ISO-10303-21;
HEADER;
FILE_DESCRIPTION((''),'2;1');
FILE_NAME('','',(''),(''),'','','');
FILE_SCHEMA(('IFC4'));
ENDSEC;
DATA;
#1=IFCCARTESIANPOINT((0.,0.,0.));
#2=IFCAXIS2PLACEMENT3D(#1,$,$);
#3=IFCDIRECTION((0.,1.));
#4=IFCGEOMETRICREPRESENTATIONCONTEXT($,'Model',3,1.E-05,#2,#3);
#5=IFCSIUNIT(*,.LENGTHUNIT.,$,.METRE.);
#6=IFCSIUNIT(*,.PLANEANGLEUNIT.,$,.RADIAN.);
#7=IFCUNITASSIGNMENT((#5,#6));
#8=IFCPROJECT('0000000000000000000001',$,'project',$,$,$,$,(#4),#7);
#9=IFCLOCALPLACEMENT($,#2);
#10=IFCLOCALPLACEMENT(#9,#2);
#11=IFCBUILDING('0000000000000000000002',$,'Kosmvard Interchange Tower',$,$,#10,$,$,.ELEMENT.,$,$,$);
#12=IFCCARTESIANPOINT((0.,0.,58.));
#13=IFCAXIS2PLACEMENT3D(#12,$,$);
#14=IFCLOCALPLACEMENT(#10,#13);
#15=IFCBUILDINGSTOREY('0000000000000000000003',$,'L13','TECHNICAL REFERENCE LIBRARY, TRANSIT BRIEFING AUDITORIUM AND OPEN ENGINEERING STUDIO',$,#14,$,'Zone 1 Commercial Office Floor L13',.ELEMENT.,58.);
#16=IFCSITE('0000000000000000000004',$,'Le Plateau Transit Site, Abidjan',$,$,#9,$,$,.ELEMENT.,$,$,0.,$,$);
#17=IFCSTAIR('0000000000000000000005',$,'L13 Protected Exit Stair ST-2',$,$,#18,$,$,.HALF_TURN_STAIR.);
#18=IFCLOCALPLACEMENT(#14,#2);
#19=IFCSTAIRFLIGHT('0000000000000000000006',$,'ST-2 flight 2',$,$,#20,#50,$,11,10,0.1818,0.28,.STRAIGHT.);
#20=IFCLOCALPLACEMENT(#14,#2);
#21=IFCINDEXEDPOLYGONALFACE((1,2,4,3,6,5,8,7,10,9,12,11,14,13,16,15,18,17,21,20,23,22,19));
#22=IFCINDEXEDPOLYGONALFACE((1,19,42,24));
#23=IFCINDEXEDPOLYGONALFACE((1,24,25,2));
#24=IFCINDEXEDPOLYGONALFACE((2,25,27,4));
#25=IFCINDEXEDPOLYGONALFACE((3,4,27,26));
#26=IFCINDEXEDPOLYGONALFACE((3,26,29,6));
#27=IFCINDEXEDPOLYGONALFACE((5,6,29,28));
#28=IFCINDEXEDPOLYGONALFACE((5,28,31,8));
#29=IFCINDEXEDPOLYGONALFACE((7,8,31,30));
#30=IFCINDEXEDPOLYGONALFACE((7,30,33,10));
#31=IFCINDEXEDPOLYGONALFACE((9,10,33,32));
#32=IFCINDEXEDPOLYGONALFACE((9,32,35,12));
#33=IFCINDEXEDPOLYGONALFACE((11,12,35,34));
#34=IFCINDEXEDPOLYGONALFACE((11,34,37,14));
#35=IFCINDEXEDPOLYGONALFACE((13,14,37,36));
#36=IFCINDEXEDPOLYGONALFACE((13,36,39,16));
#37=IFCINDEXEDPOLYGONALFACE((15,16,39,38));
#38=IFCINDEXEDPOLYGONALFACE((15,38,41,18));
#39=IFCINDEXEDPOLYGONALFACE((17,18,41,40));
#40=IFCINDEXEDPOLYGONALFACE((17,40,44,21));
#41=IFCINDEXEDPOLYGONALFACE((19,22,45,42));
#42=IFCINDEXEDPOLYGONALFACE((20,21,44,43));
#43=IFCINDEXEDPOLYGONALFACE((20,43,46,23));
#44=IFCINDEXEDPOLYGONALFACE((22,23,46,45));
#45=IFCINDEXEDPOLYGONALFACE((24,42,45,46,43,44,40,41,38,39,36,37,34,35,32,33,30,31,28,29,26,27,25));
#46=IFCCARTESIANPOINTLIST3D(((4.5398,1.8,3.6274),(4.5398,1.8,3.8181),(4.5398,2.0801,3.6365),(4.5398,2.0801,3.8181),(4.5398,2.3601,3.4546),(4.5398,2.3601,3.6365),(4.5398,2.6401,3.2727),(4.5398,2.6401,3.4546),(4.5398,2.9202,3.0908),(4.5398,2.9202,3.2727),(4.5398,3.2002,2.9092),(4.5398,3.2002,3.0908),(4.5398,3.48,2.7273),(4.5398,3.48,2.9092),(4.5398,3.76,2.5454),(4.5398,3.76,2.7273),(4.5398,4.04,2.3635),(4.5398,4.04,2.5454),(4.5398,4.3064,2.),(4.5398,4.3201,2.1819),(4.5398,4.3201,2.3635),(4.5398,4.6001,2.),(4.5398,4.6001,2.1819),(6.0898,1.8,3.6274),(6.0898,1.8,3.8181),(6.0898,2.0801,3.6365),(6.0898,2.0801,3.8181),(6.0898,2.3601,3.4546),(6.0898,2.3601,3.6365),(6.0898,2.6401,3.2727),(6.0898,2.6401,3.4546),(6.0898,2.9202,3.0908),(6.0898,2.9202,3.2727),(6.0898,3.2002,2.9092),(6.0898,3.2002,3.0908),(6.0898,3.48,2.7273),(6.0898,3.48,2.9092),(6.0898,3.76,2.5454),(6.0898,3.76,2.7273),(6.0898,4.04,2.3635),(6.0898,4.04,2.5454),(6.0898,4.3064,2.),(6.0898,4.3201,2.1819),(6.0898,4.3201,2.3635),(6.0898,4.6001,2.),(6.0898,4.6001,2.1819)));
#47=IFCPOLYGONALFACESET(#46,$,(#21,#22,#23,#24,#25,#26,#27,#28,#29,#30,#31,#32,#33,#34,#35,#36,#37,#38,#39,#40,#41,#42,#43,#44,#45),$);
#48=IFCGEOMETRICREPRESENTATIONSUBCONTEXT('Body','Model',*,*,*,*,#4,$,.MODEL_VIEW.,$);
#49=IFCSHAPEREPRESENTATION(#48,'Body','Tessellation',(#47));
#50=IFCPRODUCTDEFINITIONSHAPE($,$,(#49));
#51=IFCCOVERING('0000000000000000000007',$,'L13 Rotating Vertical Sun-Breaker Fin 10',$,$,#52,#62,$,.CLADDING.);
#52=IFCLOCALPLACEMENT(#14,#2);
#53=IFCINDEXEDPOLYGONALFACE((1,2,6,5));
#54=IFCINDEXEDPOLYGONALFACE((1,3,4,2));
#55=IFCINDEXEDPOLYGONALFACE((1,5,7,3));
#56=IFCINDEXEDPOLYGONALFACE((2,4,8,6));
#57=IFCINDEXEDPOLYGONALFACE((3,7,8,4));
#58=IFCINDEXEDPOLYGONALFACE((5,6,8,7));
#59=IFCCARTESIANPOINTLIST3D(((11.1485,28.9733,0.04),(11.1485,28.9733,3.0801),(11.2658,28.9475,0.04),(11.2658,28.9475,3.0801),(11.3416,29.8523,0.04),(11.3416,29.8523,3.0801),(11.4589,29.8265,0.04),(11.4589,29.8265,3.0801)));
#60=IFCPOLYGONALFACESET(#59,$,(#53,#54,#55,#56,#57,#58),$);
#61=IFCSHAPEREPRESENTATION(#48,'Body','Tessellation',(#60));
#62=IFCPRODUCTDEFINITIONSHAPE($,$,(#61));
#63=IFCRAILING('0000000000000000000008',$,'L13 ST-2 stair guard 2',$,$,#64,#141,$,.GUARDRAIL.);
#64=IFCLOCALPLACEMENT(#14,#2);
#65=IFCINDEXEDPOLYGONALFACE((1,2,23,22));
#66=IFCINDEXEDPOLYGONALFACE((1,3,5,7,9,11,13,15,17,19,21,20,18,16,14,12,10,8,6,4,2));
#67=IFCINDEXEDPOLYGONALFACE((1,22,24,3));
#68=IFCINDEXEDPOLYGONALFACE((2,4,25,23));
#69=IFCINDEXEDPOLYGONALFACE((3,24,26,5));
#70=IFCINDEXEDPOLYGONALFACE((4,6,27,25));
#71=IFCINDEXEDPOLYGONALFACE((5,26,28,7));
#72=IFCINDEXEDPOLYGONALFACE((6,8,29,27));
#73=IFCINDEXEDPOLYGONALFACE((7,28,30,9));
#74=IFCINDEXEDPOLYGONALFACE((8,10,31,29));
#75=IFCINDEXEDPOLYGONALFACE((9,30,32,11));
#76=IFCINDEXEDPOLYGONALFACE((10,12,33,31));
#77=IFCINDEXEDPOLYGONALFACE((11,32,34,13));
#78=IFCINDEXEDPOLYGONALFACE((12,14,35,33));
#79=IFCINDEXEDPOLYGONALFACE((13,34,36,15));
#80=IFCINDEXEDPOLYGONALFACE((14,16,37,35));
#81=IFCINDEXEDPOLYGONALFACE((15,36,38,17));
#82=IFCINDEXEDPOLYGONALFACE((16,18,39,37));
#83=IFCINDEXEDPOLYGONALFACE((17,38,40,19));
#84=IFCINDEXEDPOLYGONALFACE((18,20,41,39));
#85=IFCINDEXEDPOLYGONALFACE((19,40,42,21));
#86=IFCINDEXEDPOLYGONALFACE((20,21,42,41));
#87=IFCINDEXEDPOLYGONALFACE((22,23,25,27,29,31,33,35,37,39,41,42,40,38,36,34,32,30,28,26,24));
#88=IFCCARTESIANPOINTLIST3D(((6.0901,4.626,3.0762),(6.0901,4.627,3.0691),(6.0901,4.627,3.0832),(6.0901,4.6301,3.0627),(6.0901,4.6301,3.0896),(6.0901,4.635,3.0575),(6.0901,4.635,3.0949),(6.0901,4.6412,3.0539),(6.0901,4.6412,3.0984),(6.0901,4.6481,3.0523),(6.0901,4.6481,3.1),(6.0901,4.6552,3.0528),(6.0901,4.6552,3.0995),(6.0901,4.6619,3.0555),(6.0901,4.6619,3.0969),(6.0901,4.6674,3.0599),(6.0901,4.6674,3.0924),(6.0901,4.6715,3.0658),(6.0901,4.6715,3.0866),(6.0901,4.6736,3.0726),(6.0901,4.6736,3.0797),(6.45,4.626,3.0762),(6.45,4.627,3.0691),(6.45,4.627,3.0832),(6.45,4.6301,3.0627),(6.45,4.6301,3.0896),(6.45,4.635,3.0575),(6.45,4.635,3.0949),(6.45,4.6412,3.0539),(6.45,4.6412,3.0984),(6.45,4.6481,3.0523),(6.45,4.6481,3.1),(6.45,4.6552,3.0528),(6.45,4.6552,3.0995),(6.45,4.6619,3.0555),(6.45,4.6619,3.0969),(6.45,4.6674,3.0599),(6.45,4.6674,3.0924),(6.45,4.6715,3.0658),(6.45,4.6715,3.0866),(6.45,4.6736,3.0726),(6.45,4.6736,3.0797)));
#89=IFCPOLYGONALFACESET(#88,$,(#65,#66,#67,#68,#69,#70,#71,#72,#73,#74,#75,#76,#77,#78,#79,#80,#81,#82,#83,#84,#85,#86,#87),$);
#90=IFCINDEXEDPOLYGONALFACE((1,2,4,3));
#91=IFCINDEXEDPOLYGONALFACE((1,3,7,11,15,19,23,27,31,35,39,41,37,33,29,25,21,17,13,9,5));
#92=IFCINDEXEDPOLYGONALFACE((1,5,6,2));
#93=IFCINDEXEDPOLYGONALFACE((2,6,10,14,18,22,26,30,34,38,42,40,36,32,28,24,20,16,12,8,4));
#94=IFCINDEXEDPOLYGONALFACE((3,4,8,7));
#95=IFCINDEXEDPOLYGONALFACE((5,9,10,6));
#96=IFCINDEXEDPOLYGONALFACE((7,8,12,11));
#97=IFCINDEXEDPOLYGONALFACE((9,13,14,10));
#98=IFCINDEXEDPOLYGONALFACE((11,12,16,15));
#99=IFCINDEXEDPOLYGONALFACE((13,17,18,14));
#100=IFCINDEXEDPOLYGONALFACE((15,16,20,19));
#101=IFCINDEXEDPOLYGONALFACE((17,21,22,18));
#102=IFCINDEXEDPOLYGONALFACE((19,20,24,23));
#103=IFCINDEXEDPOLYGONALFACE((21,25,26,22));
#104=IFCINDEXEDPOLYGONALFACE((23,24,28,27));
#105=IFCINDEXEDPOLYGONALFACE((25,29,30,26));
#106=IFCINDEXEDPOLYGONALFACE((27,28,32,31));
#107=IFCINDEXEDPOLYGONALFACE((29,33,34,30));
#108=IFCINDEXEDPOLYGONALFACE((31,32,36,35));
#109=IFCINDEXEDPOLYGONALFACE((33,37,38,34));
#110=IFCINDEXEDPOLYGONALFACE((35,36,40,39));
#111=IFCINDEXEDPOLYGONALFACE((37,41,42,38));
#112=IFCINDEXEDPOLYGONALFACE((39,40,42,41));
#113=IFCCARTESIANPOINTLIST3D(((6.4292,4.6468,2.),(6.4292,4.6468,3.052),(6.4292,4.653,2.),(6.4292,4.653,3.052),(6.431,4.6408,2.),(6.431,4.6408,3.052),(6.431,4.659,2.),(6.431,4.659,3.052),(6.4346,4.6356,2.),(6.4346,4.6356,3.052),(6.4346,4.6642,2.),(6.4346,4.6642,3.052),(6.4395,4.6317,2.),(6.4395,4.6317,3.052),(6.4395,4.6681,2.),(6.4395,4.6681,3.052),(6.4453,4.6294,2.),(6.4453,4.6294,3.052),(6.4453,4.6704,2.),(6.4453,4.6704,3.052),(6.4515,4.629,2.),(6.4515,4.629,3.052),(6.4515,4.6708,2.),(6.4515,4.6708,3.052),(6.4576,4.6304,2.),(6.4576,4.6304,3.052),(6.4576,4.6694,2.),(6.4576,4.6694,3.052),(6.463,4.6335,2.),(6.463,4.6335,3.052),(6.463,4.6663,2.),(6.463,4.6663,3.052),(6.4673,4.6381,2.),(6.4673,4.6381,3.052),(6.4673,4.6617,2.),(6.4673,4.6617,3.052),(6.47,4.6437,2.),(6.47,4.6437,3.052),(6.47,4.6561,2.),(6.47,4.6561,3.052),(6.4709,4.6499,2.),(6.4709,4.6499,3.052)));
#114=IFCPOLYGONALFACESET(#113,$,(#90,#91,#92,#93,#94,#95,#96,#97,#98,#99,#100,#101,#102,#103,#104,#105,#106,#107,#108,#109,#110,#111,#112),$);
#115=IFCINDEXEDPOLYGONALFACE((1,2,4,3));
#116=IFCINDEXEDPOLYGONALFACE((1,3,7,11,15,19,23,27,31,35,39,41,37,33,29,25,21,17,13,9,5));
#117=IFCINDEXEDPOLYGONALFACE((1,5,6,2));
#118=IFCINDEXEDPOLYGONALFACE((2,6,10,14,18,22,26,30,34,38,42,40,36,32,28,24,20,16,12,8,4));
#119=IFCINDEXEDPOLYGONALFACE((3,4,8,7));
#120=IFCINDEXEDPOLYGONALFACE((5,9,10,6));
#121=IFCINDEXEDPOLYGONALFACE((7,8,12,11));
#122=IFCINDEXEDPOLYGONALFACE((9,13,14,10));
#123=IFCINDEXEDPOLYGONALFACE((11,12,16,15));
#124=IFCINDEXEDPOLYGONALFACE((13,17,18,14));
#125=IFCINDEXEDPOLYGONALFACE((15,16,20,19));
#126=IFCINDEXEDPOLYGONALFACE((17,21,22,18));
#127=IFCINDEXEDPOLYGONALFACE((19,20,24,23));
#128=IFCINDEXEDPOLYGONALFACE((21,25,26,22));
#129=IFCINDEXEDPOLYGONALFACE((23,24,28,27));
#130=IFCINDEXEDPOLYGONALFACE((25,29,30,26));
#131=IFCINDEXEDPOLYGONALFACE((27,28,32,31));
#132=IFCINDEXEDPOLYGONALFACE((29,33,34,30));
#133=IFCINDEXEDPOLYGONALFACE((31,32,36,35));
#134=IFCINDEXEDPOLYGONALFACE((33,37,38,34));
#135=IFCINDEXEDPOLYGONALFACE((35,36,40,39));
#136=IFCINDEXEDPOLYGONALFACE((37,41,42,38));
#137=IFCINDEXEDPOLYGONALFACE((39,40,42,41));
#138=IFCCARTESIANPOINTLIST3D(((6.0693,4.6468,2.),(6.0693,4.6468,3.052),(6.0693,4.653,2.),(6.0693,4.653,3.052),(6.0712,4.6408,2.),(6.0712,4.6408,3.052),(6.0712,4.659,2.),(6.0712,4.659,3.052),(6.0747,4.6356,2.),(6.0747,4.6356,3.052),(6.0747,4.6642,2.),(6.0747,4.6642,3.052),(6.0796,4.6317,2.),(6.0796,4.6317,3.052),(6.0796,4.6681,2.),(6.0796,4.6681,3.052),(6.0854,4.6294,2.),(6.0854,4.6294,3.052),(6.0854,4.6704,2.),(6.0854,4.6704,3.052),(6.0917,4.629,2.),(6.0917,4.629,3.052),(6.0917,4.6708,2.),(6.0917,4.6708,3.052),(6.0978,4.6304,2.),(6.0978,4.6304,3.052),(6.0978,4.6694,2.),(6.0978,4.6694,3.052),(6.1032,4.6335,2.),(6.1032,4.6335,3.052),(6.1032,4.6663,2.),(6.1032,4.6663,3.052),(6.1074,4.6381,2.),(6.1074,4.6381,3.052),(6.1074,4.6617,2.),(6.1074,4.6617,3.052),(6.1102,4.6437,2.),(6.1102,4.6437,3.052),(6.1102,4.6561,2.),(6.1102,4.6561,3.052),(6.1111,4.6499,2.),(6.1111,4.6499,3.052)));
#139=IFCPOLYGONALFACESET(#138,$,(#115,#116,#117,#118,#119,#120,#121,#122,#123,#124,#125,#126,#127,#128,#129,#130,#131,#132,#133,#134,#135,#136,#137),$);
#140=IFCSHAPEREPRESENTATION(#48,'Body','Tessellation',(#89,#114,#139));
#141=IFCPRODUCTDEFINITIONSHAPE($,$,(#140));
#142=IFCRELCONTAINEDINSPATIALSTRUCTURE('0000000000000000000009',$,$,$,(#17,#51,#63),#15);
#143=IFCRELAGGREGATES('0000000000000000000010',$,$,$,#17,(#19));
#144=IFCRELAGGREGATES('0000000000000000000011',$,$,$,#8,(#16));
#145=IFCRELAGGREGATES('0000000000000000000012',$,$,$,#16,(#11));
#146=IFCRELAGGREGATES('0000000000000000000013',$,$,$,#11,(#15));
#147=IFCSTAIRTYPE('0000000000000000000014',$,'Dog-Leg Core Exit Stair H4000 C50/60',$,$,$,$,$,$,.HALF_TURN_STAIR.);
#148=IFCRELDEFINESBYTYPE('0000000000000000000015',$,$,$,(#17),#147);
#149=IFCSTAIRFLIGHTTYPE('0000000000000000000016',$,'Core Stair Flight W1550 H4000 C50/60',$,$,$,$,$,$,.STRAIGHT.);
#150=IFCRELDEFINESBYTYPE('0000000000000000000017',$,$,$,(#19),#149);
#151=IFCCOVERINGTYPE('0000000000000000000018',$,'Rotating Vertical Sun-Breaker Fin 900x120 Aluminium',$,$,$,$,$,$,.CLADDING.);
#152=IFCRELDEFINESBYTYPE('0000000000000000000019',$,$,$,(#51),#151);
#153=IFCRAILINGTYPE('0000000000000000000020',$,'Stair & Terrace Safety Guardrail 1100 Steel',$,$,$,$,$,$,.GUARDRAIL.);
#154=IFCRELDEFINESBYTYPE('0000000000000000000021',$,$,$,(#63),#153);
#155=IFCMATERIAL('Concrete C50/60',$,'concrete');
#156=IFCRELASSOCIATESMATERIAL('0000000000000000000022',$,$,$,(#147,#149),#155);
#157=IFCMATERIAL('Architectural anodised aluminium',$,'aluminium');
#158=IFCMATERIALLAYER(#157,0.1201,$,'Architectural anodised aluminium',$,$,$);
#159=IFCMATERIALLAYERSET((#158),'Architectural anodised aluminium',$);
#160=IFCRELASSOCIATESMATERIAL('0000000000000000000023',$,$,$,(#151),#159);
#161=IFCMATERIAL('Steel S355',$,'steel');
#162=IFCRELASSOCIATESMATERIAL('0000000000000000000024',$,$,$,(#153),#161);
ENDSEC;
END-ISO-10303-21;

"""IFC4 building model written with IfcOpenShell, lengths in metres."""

from ifc_helpers import new_model, si_unit, direction, frame, origin, origin_2d, place, context, subcontext, project, spatial, polyline, rectangle, circle, outline, extrude, source, transform, mapped, material, layer, layer_set, type_object, element, aggregate, save


model = new_model("IFC4")

# Units and contexts
model_context = context("Model", 3, precision=1e-05, world=origin(), true_north=direction((0.0, 1.0)))
body_context = subcontext(model_context, "Body", "Model", "MODEL_VIEW")
ifc_project = project(units=[si_unit("LENGTHUNIT", "METRE"), si_unit("PLANEANGLEUNIT", "RADIAN")], contexts=[model_context])

# Site, building, storey
site_placement = place(None, origin())
site = spatial("IfcSite", under=ifc_project, at=site_placement, Name="Le Plateau Transit Site, Abidjan", CompositionType="ELEMENT", RefElevation=0.0)
building_placement = place(site_placement, origin())
building = spatial("IfcBuilding", under=site, at=building_placement, Name="Kosmvard Interchange Tower", CompositionType="ELEMENT")
storey_placement = place(building_placement, frame((0.0, 0.0, 58.0)))
storey = spatial("IfcBuildingStorey", under=building, at=storey_placement, Name="L13", Description="TECHNICAL REFERENCE LIBRARY, TRANSIT BRIEFING AUDITORIUM AND OPEN ENGINEERING STUDIO", LongName="Zone 1 Commercial Office Floor L13", CompositionType="ELEMENT", Elevation=58.0)

# Shared definitions
ifc_material_1 = material(Name="Steel S355", Category="steel")

# Stair, stair flight
ifc_material_2 = material(Name="Concrete C50/60", Category="concrete")
stair_type = type_object("IfcStairType", Name="Dog-Leg Core Exit Stair H4000 C50/60", PredefinedType="HALF_TURN_STAIR", material=ifc_material_2)
stair_placement = place(storey_placement, origin())
stair = element("IfcStair", 1, at=stair_placement, inside=storey, type_object=stair_type, Name="L13 Protected Exit Stair ST-2", PredefinedType="HALF_TURN_STAIR")
stair_flight_type = type_object("IfcStairFlightType", Name="Core Stair Flight W1550 H4000 C50/60", PredefinedType="STRAIGHT", material=ifc_material_2)
shared_shape_1 = source(origin(), body_context, "Body", "SweptSolid", [
    extrude(outline(polyline([(0.0, 0.0), (0.0, 0.1819), (0.28, 0.1819), (0.28, 0.3635), (0.5601, 0.3635), (0.5601, 0.5454), (0.8401, 0.5454), (0.8401, 0.7273), (1.1201, 0.7273), (1.1201, 0.9092), (1.3999, 0.9092), (1.3999, 1.0908), (1.6799, 1.0908), (1.6799, 1.2727), (1.96, 1.2727), (1.96, 1.4546), (2.24, 1.4546), (2.24, 1.6365), (2.52, 1.6365), (2.52, 1.8181), (2.8, 1.8181), (2.8, 2.0), (2.8, 1.6274), (0.2937, 0.0), (0.0, 0.0)])), frame((0.0, 0.7749, 0.0), z_axis=(0.0, -1.0, 0.0), x_axis=(1.0, 0.0, 0.0)), (0.0, 0.0, 1.0), 1.55),
])
stair_flight_placement = place(storey_placement, frame((5.3149, 4.6001, 2.0), z_axis=(0.0, 0.0, 1.0), x_axis=(0.0, -1.0, 0.0)))
stair_flight = element("IfcStairFlight", 2, at=stair_flight_placement, type_object=stair_flight_type, Name="ST-2 flight 2", NumberOfRisers=11, NumberOfTreads=10, PredefinedType="STRAIGHT", RiserHeight=0.1818, TreadLength=0.28, context=body_context, shape_type="MappedRepresentation", body=[
    mapped(shared_shape_1, transform((0.0, 0.0, 0.0), scale=1.0)),
])
aggregate(stair, [stair_flight])

# Covering
ifc_material_3 = material(Name="Architectural anodised aluminium", Category="aluminium")
ifc_layer_1 = layer(ifc_material_3, 0.1201, Name="Architectural anodised aluminium")
ifc_layer_set_1 = layer_set([ifc_layer_1], Name="Architectural anodised aluminium")
covering_type = type_object("IfcCoveringType", Name="Rotating Vertical Sun-Breaker Fin 900x120 Aluminium", PredefinedType="CLADDING", material=ifc_layer_set_1)
shared_shape_2 = source(origin(), body_context, "Body", "SweptSolid", [
    extrude(rectangle(XDim=0.8999, YDim=0.1201, at=origin_2d()), origin(), (0.0, 0.0, 1.0), 3.04),
])
covering_placement = place(storey_placement, frame((11.3037, 29.3999, 0.04), z_axis=(0.0, 0.0, 1.0), x_axis=(0.214565, 0.97671, 0.0)))
element("IfcCovering", 3, at=covering_placement, inside=storey, type_object=covering_type, Name="L13 Rotating Vertical Sun-Breaker Fin 10", PredefinedType="CLADDING", context=body_context, shape_type="MappedRepresentation", body=[
    mapped(shared_shape_2, transform((0.0, 0.0, 0.0), scale=1.0)),
])

# Railing
railing_type_1 = type_object("IfcRailingType", Name="Stair & Terrace Safety Guardrail 1100 Steel", PredefinedType="GUARDRAIL", material=ifc_material_1)
shared_shape_3 = source(origin(), body_context, "Body", "SweptSolid", [
    extrude(circle(Radius=0.0239, at=origin_2d()), frame((0.0, 0.0, 1.0762), z_axis=(-1.0, 0.0, 0.0), x_axis=(0.0, -1.0, 0.0)), (0.0, 0.0, 1.0), 0.3599),
    extrude(circle(Radius=0.021, at=origin_2d()), origin(), (0.0, 0.0, 1.0), 1.052),
    extrude(circle(Radius=0.021, at=origin_2d()), frame((-0.3599, 0.0, 0.0)), (0.0, 0.0, 1.0), 1.052),
])
railing_1_placement = place(storey_placement, frame((6.45, 4.6499, 2.0)))
element("IfcRailing", 4, at=railing_1_placement, inside=storey, type_object=railing_type_1, Name="L13 ST-2 stair guard 2", PredefinedType="GUARDRAIL", context=body_context, shape_type="MappedRepresentation", body=[
    mapped(shared_shape_3, transform((0.0, 0.0, 0.0), scale=1.0)),
])

save(model, "model.ifc")
